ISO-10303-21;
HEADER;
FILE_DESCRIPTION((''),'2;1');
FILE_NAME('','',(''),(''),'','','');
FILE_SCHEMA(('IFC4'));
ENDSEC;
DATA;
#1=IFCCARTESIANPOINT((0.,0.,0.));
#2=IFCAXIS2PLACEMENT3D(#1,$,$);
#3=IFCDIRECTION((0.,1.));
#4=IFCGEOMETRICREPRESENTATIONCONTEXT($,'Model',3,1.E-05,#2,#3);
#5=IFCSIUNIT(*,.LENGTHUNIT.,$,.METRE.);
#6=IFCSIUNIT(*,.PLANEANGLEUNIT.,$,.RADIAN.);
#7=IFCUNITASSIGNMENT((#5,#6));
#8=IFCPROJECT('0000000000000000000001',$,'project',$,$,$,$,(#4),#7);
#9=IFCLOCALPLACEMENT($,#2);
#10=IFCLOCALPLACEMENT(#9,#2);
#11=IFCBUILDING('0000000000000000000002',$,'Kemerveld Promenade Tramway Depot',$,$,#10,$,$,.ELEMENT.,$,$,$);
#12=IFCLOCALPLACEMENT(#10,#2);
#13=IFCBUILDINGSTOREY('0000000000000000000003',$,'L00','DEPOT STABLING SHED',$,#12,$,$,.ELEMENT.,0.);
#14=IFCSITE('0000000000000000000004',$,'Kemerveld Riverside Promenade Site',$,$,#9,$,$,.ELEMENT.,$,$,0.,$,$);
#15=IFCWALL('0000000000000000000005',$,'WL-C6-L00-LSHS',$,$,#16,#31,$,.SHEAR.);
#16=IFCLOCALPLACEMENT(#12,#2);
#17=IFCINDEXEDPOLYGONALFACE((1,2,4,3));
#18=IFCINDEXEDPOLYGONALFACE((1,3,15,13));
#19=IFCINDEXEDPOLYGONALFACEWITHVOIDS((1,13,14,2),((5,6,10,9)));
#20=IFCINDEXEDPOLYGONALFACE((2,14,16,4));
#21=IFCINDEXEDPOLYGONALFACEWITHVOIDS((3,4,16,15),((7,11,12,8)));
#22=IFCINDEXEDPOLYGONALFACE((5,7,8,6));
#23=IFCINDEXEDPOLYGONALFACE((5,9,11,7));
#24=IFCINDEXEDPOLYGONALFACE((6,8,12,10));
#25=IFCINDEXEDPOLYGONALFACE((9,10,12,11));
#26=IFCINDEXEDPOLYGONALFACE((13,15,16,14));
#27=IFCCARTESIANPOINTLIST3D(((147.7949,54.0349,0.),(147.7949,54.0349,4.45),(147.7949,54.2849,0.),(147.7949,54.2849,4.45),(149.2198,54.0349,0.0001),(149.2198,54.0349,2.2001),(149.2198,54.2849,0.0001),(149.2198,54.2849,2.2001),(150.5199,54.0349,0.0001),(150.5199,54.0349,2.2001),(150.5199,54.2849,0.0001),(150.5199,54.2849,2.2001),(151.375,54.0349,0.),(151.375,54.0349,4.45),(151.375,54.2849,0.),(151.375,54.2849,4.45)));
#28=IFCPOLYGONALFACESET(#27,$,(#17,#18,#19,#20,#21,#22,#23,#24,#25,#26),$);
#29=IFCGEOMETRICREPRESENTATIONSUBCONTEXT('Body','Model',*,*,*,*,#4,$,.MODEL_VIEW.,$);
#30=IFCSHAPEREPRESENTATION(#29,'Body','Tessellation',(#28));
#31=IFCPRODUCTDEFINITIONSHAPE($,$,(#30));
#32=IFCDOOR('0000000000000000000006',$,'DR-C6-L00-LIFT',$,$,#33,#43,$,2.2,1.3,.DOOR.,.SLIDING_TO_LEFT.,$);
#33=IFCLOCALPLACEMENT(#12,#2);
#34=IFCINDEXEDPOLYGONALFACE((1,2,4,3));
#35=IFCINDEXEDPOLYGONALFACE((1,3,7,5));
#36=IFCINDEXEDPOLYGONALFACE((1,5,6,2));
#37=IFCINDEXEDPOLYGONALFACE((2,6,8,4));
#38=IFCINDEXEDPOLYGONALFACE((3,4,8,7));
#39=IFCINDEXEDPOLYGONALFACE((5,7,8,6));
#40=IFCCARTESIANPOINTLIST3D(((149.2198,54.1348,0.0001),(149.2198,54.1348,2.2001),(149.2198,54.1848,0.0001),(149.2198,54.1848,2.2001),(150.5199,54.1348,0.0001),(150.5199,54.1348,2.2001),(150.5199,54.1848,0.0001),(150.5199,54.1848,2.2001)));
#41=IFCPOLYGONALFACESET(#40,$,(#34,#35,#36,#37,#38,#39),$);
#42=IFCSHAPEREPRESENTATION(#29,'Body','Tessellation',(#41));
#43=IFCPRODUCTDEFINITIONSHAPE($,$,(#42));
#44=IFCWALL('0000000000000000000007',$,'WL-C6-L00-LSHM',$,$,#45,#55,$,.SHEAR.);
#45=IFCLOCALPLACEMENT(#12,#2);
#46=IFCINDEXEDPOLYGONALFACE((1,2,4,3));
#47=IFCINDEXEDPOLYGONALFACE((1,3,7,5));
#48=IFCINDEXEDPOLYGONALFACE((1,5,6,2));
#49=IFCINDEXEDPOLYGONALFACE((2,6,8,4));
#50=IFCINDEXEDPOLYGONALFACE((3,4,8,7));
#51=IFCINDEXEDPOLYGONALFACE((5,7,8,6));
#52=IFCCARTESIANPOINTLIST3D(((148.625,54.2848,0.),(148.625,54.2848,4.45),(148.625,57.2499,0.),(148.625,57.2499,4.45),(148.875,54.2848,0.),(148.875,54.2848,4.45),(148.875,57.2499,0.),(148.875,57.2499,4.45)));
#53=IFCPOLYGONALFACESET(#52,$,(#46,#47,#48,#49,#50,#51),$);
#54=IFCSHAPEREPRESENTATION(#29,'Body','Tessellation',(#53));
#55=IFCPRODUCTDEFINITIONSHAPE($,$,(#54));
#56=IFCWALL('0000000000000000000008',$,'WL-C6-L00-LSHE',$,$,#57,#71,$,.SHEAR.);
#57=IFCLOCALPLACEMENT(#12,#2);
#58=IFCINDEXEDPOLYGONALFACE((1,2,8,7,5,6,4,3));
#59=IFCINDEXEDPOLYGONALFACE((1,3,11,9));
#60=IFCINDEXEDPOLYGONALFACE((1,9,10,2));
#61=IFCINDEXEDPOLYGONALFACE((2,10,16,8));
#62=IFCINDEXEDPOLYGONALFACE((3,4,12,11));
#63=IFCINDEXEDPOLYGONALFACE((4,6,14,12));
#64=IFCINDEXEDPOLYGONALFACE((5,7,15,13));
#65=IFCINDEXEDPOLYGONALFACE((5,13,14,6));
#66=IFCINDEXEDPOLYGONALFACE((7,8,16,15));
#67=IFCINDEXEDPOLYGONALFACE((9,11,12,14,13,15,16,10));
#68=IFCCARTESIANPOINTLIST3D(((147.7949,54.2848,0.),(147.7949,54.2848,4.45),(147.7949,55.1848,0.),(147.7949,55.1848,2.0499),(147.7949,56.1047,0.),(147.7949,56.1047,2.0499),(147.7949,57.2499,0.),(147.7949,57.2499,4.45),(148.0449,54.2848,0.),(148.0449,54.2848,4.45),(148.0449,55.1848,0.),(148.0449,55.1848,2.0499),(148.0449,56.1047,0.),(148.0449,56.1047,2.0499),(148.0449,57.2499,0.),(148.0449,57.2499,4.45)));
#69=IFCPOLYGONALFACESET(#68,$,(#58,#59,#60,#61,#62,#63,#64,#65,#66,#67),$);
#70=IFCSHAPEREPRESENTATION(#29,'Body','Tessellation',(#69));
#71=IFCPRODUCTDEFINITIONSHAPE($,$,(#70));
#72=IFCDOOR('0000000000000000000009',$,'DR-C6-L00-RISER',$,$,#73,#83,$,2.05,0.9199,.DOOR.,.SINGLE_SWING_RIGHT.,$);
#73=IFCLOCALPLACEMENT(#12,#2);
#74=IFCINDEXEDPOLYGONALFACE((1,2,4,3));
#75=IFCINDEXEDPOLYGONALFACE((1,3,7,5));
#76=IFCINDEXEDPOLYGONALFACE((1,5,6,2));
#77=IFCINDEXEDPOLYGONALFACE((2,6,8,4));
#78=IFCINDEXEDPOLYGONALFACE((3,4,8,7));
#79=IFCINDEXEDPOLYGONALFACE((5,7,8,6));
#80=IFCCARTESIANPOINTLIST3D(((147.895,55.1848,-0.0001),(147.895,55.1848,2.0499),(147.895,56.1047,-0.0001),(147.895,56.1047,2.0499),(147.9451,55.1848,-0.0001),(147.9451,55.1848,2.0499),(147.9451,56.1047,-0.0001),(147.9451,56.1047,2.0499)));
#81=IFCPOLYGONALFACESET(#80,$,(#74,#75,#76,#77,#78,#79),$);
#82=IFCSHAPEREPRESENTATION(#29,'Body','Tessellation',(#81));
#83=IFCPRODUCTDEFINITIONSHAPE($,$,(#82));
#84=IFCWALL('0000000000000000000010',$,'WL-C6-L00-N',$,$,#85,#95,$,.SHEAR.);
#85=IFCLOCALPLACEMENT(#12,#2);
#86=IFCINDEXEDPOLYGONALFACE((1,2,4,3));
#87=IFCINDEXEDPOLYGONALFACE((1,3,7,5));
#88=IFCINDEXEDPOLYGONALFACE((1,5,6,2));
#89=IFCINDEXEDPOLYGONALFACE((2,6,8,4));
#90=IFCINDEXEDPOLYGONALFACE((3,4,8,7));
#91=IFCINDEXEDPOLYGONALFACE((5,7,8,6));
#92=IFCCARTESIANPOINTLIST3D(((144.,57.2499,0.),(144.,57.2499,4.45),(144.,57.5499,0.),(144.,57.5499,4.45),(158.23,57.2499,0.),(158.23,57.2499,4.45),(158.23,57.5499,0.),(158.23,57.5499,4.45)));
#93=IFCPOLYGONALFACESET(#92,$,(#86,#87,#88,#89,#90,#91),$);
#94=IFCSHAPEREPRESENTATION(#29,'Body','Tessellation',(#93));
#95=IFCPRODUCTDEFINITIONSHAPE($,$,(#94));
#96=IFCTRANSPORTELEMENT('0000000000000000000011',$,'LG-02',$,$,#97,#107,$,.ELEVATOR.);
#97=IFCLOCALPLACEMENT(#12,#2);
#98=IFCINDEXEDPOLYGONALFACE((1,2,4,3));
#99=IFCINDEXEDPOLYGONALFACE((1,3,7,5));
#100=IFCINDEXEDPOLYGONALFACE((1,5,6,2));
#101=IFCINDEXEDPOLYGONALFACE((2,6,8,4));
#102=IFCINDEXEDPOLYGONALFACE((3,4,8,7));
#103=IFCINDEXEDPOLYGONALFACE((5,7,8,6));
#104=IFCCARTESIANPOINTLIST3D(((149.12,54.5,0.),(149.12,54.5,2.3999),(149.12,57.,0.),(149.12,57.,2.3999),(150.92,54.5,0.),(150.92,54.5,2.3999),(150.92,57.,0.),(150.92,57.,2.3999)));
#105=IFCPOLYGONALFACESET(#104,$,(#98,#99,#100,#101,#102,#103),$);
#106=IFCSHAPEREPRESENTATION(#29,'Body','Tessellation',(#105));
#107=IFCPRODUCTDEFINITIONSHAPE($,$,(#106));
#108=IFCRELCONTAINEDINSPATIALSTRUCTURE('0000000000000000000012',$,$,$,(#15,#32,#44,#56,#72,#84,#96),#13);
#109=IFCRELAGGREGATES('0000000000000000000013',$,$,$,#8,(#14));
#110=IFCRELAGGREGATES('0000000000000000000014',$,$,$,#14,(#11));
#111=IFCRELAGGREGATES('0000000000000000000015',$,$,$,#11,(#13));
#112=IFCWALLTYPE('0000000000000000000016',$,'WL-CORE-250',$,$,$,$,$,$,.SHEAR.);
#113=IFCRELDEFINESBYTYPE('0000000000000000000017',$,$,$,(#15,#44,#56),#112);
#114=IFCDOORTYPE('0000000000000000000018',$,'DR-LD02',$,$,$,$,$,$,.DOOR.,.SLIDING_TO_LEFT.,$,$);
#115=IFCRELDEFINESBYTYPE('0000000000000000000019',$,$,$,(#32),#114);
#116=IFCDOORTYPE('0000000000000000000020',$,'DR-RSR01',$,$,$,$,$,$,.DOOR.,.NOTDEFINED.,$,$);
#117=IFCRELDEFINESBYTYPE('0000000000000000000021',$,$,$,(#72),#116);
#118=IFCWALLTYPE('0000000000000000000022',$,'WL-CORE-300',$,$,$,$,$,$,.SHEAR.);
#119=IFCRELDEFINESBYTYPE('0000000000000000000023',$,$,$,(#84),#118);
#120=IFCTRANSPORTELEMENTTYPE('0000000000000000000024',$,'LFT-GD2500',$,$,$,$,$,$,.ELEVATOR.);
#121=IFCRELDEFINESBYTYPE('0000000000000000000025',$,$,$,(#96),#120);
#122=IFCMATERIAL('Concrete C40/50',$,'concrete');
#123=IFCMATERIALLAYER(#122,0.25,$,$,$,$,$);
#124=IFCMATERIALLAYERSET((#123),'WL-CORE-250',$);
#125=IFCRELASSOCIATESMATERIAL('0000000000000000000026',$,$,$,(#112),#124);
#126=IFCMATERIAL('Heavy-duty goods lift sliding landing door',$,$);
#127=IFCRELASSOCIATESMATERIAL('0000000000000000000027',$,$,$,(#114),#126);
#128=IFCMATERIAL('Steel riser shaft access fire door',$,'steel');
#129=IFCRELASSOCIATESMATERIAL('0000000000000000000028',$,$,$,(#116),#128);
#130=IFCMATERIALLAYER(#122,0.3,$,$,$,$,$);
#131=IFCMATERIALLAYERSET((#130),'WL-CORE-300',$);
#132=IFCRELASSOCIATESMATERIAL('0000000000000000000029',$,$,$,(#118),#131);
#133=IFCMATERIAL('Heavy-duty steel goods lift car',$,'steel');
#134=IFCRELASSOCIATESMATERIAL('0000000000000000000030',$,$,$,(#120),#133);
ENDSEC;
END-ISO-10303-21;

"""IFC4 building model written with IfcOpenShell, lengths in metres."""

from ifc_helpers import new_model, si_unit, direction, frame, frame_2d, origin, origin_2d, place, context, subcontext, project, spatial, rectangle, extrude, material, layer, layer_set, type_object, element, fill, save


model = new_model("IFC4")

# Units and contexts
model_context = context("Model", 3, precision=1e-05, world=origin(), true_north=direction((0.0, 1.0)))
body_context = subcontext(model_context, "Body", "Model", "MODEL_VIEW")
ifc_project = project(units=[si_unit("LENGTHUNIT", "METRE"), si_unit("PLANEANGLEUNIT", "RADIAN")], contexts=[model_context])

# Site, building, storey
site_placement = place(None, origin())
site = spatial("IfcSite", under=ifc_project, at=site_placement, Name="Kemerveld Riverside Promenade Site", CompositionType="ELEMENT", RefElevation=0.0)
building_placement = place(site_placement, origin())
building = spatial("IfcBuilding", under=site, at=building_placement, Name="Kemerveld Promenade Tramway Depot", CompositionType="ELEMENT")
storey_placement = place(building_placement, origin())
storey = spatial("IfcBuildingStorey", under=building, at=storey_placement, Name="L00", Description="DEPOT STABLING SHED", CompositionType="ELEMENT", Elevation=0.0)

# Shared definitions
ifc_material_1 = material(Name="Concrete C40/50", Category="concrete")

# Wall, opening, door
ifc_layer_1 = layer(ifc_material_1, 0.25)
ifc_layer_set_1 = layer_set([ifc_layer_1], Name="WL-CORE-250")
wall_type_1 = type_object("IfcWallType", Name="WL-CORE-250", PredefinedType="SHEAR", material=ifc_layer_set_1)
wall_1_placement = place(storey_placement, frame((147.7949, 54.1599, 0.0), z_axis=(0.0, 0.0, 1.0), x_axis=(1.0, 0.0, 0.0)))
wall_1 = element("IfcWall", 1, at=wall_1_placement, inside=storey, type_object=wall_type_1, Name="WL-C6-L00-LSHS", PredefinedType="SHEAR", context=body_context, shape_type="SweptSolid", body=[
    extrude(rectangle(XDim=3.5801, YDim=0.25, at=frame_2d((1.79, 0.0))), origin(), (0.0, 0.0, 1.0), 4.45),
])
opening_1_placement = place(wall_1_placement, frame((1.425, 0.0, 0.0)))
opening_1 = element("IfcOpeningElement", 2, at=opening_1_placement, cuts=wall_1, PredefinedType="OPENING", context=body_context, shape_type="SweptSolid", body=[
    extrude(rectangle(XDim=1.3, YDim=2.2, at=frame_2d((0.6499, 1.1001))), frame((0.0, 0.135, 0.0), z_axis=(0.0, -1.0, 0.0), x_axis=(1.0, 0.0, 0.0)), (0.0, 0.0, 1.0), 0.27),
])
ifc_material_2 = material(Name="Heavy-duty goods lift sliding landing door")
door_type_1 = type_object("IfcDoorType", Name="DR-LD02", OperationType="SLIDING_TO_LEFT", PredefinedType="DOOR", material=ifc_material_2)
door_1_placement = place(opening_1_placement, origin())
door_1 = element("IfcDoor", 3, at=door_1_placement, inside=storey, type_object=door_type_1, Name="DR-C6-L00-LIFT", OperationType="SLIDING_TO_LEFT", OverallHeight=2.2, OverallWidth=1.3, PredefinedType="DOOR", context=body_context, shape_type="SweptSolid", body=[
    extrude(rectangle(XDim=1.3, YDim=2.2, at=frame_2d((0.6499, 1.1001))), frame((0.0, 0.0249, 0.0), z_axis=(0.0, -1.0, 0.0), x_axis=(1.0, 0.0, 0.0)), (0.0, 0.0, 1.0), 0.05),
])
fill(opening_1, door_1)

# Wall
wall_2_placement = place(storey_placement, frame((148.75, 54.2849, 0.0), z_axis=(0.0, 0.0, 1.0), x_axis=(0.0, 1.0, 0.0)))
element("IfcWall", 4, at=wall_2_placement, inside=storey, type_object=wall_type_1, Name="WL-C6-L00-LSHM", PredefinedType="SHEAR", context=body_context, shape_type="SweptSolid", body=[
    extrude(rectangle(XDim=2.9651, YDim=0.25, at=frame_2d((1.4824, 0.0))), origin(), (0.0, 0.0, 1.0), 4.45),
])

# Wall, opening, door
wall_3_placement = place(storey_placement, frame((147.9199, 54.2849, 0.0), z_axis=(0.0, 0.0, 1.0), x_axis=(0.0, 1.0, 0.0)))
wall_3 = element("IfcWall", 5, at=wall_3_placement, inside=storey, type_object=wall_type_1, Name="WL-C6-L00-LSHE", PredefinedType="SHEAR", context=body_context, shape_type="SweptSolid", body=[
    extrude(rectangle(XDim=2.9651, YDim=0.25, at=frame_2d((1.4824, 0.0))), origin(), (0.0, 0.0, 1.0), 4.45),
])
opening_2_placement = place(wall_3_placement, frame((0.8999, 0.0, 0.0)))
opening_2 = element("IfcOpeningElement", 6, at=opening_2_placement, cuts=wall_3, PredefinedType="OPENING", context=body_context, shape_type="SweptSolid", body=[
    extrude(rectangle(XDim=0.9199, YDim=2.05, at=frame_2d((0.46, 1.0249))), frame((0.0, 0.135, 0.0), z_axis=(0.0, -1.0, 0.0), x_axis=(1.0, 0.0, 0.0)), (0.0, 0.0, 1.0), 0.27),
])
ifc_material_3 = material(Name="Steel riser shaft access fire door", Category="steel")
door_type_2 = type_object("IfcDoorType", Name="DR-RSR01", OperationType="NOTDEFINED", PredefinedType="DOOR", material=ifc_material_3)
door_2_placement = place(opening_2_placement, origin())
door_2 = element("IfcDoor", 7, at=door_2_placement, inside=storey, type_object=door_type_2, Name="DR-C6-L00-RISER", OperationType="SINGLE_SWING_RIGHT", OverallHeight=2.05, OverallWidth=0.9199, PredefinedType="DOOR", context=body_context, shape_type="SweptSolid", body=[
    extrude(rectangle(XDim=0.9199, YDim=2.05, at=frame_2d((0.46, 1.0249))), frame((0.0, 0.0249, 0.0), z_axis=(0.0, -1.0, 0.0), x_axis=(1.0, 0.0, 0.0)), (0.0, 0.0, 1.0), 0.05),
])
fill(opening_2, door_2)

# Wall
ifc_layer_2 = layer(ifc_material_1, 0.3)
ifc_layer_set_2 = layer_set([ifc_layer_2], Name="WL-CORE-300")
wall_type_2 = type_object("IfcWallType", Name="WL-CORE-300", PredefinedType="SHEAR", material=ifc_layer_set_2)
wall_4_placement = place(storey_placement, frame((144.0, 57.3999, 0.0), z_axis=(0.0, 0.0, 1.0), x_axis=(1.0, 0.0, 0.0)))
element("IfcWall", 8, at=wall_4_placement, inside=storey, type_object=wall_type_2, Name="WL-C6-L00-N", PredefinedType="SHEAR", context=body_context, shape_type="SweptSolid", body=[
    extrude(rectangle(XDim=14.23, YDim=0.3, at=frame_2d((7.115, 0.0))), origin(), (0.0, 0.0, 1.0), 4.45),
])

# Transport element
ifc_material_4 = material(Name="Heavy-duty steel goods lift car", Category="steel")
transport_element_type = type_object("IfcTransportElementType", Name="LFT-GD2500", PredefinedType="ELEVATOR", material=ifc_material_4)
transport_element_placement = place(storey_placement, frame((150.02, 55.75, 0.0), z_axis=(0.0, 0.0, 1.0), x_axis=(1.0, 0.0, 0.0)))
element("IfcTransportElement", 9, at=transport_element_placement, inside=storey, type_object=transport_element_type, Name="LG-02", PredefinedType="ELEVATOR", context=body_context, shape_type="SweptSolid", body=[
    extrude(rectangle(XDim=1.8, YDim=2.5, at=origin_2d()), origin(), (0.0, 0.0, 1.0), 2.3999),
])

save(model, "model.ifc")
